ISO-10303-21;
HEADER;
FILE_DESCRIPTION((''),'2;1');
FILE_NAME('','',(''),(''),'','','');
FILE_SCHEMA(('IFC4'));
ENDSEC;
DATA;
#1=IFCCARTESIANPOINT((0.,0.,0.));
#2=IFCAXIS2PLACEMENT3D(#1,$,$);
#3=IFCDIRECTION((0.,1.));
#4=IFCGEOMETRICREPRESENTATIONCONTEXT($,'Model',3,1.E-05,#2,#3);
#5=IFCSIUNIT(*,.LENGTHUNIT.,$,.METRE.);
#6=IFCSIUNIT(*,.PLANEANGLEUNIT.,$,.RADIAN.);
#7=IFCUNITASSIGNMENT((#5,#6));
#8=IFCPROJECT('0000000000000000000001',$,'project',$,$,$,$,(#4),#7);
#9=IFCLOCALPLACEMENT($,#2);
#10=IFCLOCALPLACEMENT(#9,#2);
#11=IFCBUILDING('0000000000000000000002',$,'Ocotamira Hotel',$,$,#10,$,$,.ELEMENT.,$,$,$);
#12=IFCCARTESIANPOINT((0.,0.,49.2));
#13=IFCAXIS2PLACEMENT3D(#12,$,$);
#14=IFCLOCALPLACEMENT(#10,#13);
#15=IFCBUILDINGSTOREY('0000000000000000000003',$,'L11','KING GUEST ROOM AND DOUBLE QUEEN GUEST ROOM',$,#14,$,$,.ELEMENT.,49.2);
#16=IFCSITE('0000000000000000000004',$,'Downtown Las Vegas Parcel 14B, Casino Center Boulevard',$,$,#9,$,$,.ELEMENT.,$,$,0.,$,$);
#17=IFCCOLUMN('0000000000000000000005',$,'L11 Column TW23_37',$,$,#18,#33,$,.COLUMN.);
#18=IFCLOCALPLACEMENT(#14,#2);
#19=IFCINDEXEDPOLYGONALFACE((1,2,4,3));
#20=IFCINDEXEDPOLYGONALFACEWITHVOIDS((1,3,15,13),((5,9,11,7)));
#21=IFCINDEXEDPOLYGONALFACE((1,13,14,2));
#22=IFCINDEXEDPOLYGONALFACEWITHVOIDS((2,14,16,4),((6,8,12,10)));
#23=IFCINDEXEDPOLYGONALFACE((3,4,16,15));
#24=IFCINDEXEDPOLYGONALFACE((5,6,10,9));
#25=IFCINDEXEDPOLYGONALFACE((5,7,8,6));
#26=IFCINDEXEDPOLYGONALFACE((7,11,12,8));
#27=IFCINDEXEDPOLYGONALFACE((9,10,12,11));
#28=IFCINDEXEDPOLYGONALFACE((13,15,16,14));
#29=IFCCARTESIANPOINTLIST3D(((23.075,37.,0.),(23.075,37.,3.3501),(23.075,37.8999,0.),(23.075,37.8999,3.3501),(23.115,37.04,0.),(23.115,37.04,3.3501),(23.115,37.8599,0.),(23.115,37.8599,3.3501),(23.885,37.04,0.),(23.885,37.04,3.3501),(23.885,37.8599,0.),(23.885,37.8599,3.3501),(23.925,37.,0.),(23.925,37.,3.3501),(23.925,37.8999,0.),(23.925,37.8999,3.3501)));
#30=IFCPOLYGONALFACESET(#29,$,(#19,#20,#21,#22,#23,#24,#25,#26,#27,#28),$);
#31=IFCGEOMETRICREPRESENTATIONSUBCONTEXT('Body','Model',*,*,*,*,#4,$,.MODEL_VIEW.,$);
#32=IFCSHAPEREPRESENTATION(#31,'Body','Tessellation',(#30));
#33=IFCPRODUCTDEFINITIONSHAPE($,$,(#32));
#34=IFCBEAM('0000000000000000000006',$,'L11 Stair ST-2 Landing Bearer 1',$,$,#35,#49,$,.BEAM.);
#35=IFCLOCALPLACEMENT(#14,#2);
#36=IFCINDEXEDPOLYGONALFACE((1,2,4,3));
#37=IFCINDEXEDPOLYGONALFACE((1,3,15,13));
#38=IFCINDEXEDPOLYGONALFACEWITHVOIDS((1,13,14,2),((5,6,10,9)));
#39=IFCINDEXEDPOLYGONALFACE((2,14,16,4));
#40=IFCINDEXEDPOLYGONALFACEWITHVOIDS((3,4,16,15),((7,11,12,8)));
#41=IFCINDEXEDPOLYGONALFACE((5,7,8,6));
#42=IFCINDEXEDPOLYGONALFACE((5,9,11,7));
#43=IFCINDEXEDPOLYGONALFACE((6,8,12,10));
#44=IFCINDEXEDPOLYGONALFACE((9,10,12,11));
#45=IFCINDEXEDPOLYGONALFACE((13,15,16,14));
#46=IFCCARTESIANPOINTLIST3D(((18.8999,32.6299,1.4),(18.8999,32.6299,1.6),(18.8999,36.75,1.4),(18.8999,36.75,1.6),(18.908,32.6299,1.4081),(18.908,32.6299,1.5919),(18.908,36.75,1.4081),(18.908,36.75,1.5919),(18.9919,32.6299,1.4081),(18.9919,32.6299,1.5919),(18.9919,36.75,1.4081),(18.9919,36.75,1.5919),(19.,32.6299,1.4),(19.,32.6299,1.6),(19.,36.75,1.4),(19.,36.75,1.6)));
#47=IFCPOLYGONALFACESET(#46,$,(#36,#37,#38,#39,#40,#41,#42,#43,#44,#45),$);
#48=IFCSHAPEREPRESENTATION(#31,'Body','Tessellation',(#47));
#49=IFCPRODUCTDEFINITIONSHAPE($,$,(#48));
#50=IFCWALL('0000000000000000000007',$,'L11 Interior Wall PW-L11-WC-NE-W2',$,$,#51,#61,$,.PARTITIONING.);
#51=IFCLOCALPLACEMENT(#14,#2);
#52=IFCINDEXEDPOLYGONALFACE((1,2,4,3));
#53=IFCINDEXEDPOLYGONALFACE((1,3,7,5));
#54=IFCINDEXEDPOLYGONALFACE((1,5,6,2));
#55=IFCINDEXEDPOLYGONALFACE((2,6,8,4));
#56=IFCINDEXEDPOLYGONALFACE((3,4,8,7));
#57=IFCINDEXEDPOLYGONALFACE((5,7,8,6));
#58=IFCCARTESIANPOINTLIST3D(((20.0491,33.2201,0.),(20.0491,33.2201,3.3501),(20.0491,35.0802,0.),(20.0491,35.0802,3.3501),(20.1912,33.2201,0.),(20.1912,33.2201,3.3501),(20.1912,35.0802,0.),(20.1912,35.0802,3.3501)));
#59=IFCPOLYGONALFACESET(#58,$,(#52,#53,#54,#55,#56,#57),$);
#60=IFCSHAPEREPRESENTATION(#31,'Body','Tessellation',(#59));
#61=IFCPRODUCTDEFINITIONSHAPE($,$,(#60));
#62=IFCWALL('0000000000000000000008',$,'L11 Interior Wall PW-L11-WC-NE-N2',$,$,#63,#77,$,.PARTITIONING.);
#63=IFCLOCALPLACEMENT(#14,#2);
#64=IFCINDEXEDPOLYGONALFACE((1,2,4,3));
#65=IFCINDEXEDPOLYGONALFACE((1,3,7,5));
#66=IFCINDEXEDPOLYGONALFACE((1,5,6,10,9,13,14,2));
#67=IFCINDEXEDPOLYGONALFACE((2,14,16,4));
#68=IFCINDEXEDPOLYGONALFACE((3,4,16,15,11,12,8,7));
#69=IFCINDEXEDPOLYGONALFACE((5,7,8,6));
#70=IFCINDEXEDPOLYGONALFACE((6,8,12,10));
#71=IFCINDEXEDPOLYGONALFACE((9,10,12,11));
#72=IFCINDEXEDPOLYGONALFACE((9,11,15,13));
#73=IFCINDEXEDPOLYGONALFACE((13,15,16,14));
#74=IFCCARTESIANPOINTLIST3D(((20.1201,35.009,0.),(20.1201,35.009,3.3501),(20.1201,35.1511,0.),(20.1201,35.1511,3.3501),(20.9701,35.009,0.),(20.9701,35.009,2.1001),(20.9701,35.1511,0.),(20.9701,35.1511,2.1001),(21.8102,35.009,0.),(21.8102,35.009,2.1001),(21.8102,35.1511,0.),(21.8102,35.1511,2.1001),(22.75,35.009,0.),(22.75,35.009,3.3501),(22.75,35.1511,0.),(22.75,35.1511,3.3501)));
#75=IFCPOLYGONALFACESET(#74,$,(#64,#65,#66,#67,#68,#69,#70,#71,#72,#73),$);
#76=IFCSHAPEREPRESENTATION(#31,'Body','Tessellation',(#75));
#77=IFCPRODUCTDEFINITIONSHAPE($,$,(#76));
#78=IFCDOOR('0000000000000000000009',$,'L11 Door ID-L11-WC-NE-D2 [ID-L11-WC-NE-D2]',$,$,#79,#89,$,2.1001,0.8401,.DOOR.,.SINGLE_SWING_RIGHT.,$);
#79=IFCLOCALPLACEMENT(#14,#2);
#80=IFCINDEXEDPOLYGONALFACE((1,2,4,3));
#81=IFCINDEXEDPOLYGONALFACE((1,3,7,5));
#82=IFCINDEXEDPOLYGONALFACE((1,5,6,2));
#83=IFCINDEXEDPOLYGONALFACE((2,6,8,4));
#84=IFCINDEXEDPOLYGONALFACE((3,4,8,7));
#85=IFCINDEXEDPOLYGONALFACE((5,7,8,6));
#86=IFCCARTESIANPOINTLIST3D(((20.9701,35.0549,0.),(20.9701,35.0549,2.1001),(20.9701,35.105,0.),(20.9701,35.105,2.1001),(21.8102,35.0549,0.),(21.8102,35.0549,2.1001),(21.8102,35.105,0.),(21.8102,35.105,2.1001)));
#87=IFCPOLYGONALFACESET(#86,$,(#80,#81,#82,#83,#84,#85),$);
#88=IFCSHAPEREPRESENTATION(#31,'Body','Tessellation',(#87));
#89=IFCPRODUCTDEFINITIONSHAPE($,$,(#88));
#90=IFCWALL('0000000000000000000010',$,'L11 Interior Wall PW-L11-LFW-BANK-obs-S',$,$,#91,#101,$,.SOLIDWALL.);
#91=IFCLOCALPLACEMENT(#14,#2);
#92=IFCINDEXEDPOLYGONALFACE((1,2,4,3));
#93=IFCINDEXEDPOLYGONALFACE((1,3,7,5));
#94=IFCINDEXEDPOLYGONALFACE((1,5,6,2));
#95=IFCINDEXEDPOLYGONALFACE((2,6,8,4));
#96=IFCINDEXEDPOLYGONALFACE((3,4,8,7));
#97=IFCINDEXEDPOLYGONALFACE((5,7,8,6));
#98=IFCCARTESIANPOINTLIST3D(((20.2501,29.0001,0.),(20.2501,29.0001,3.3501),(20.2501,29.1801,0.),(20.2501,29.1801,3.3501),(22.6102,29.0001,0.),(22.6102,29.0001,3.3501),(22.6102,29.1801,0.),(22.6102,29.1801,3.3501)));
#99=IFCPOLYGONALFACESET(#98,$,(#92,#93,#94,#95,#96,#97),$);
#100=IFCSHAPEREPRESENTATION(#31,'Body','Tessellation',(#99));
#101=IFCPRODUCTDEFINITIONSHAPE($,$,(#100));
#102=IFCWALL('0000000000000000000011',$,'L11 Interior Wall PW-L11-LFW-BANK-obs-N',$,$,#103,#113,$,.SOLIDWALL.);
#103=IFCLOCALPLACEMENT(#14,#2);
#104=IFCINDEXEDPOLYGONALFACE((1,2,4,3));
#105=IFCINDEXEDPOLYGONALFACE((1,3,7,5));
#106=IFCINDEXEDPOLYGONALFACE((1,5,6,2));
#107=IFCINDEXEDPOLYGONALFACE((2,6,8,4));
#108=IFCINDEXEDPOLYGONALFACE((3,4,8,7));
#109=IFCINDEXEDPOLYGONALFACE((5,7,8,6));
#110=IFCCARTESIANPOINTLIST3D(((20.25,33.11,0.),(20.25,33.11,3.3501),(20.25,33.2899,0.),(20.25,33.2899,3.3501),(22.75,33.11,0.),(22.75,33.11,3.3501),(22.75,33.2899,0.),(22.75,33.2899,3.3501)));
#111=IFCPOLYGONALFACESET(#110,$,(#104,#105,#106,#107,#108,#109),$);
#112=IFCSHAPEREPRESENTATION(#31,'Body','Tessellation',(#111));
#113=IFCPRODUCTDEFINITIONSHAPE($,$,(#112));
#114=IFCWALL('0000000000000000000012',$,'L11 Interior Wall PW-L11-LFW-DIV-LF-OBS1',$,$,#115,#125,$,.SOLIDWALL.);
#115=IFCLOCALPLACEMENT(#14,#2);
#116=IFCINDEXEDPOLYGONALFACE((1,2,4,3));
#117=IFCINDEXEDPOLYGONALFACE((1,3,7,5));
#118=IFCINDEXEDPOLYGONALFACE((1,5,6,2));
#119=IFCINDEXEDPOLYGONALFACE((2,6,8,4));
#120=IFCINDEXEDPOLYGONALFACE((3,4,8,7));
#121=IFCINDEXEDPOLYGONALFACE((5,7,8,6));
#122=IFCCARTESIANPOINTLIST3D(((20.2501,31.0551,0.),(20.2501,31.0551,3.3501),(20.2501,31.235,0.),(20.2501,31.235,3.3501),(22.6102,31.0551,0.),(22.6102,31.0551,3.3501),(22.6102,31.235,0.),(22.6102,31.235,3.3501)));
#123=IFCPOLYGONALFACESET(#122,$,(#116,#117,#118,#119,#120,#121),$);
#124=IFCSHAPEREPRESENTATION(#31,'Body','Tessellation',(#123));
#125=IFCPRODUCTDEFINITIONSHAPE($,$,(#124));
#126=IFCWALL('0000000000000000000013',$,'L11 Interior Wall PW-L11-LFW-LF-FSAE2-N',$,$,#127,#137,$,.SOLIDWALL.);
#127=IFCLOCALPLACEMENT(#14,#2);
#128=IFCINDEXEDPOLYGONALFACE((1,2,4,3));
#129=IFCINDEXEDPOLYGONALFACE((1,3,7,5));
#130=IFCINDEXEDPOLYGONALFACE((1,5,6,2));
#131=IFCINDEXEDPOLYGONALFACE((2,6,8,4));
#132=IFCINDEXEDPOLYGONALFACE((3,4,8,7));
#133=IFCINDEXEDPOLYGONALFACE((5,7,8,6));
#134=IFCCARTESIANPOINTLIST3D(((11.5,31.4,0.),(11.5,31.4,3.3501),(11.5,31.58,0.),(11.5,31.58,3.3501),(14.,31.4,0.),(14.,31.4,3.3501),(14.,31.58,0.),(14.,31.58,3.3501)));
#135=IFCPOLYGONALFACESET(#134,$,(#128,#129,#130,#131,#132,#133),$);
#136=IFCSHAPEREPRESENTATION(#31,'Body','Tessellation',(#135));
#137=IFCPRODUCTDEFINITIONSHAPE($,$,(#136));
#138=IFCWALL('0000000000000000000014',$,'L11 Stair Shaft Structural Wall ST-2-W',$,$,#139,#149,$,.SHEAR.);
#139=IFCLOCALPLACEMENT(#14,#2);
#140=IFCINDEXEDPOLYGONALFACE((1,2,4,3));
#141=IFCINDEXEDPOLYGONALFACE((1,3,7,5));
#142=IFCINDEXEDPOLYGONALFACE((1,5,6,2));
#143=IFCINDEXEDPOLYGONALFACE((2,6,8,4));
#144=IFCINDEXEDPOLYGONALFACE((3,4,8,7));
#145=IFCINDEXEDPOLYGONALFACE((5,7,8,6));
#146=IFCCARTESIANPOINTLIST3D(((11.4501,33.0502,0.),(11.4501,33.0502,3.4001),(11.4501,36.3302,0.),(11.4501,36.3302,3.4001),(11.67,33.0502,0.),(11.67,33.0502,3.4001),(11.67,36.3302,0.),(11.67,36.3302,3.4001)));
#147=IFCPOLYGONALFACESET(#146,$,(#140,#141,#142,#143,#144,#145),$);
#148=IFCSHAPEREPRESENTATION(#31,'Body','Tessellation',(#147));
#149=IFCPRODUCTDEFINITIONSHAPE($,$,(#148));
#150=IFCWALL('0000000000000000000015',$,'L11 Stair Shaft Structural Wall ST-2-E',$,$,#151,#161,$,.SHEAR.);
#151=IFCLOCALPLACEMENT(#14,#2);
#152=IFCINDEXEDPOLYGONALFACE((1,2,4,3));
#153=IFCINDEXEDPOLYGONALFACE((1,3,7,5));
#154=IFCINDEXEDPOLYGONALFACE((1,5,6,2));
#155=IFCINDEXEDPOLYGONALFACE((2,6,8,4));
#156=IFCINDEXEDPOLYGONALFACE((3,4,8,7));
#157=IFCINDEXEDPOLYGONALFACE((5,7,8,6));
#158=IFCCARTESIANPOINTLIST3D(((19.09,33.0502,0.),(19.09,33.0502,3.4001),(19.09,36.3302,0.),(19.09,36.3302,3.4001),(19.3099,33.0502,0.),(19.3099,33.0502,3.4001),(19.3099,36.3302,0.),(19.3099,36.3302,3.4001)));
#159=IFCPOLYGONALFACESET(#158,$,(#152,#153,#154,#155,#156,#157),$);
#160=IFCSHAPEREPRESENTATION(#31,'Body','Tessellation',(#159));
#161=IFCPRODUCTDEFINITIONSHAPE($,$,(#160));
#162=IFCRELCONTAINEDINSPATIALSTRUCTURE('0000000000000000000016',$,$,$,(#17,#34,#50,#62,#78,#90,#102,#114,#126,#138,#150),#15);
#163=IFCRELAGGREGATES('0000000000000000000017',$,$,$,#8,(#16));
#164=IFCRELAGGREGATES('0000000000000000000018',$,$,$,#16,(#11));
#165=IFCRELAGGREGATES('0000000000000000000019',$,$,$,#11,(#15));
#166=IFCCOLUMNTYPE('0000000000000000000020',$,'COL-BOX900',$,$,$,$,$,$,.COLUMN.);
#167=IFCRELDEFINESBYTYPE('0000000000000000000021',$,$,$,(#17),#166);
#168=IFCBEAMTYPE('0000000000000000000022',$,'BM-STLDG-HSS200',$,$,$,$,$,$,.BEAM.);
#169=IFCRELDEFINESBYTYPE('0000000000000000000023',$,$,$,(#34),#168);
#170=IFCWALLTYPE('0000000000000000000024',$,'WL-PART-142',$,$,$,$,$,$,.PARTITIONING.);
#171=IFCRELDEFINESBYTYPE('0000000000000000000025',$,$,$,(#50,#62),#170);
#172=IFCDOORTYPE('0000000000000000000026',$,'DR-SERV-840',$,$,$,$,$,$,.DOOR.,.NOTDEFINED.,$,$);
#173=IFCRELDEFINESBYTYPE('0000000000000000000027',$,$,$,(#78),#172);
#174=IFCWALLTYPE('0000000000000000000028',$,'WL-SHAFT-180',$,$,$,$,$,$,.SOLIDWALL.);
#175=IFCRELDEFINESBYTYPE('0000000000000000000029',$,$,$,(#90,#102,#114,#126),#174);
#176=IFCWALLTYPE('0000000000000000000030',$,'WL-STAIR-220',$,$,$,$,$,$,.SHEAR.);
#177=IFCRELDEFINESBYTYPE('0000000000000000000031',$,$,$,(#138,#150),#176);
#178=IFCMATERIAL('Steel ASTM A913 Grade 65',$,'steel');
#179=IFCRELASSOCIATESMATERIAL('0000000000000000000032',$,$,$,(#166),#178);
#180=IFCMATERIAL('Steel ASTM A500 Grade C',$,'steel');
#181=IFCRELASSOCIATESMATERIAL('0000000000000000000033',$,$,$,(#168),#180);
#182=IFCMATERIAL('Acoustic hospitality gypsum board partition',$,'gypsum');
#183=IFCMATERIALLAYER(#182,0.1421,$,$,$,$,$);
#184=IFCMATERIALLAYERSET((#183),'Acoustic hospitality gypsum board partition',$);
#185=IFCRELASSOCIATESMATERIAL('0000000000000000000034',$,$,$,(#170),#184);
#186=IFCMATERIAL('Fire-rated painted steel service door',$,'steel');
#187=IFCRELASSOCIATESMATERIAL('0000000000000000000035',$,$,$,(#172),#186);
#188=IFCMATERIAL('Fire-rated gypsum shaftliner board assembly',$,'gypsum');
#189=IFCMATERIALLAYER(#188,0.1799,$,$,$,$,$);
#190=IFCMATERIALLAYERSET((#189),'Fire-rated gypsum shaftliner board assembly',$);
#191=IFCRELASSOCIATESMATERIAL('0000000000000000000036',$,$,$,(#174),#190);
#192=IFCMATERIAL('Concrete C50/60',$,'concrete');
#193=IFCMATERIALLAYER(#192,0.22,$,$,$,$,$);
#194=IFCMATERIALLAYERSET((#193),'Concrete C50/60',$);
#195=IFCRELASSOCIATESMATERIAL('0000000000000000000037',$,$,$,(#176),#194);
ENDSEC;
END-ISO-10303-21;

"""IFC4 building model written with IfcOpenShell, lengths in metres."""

from ifc_helpers import new_model, si_unit, direction, frame, frame_2d, origin, origin_2d, place, context, subcontext, project, spatial, rectangle, hollow_rectangle, extrude, source, transform, mapped, material, layer, layer_set, material_profile, profile_set, type_object, element, fill, save


model = new_model("IFC4")

# Units and contexts
model_context = context("Model", 3, precision=1e-05, world=origin(), true_north=direction((0.0, 1.0)))
body_context = subcontext(model_context, "Body", "Model", "MODEL_VIEW")
ifc_project = project(units=[si_unit("LENGTHUNIT", "METRE"), si_unit("PLANEANGLEUNIT", "RADIAN")], contexts=[model_context])

# Site, building, storey
site_placement = place(None, origin())
site = spatial("IfcSite", under=ifc_project, at=site_placement, Name="Downtown Las Vegas Parcel 14B, Casino Center Boulevard", CompositionType="ELEMENT", RefElevation=0.0)
building_placement = place(site_placement, origin())
building = spatial("IfcBuilding", under=site, at=building_placement, Name="Ocotamira Hotel", CompositionType="ELEMENT")
storey_placement = place(building_placement, frame((0.0, 0.0, 49.2)))
storey = spatial("IfcBuildingStorey", under=building, at=storey_placement, Name="L11", Description="KING GUEST ROOM AND DOUBLE QUEEN GUEST ROOM", CompositionType="ELEMENT", Elevation=49.2)

# Column
ifc_material_1 = material(Name="Steel ASTM A913 Grade 65", Category="steel")
ifc_material_profile_1 = material_profile(ifc_material_1, hollow_rectangle(XDim=0.8501, YDim=0.8999, WallThickness=0.04, at=origin_2d()), Name="BOX900X850X40")
ifc_profile_set_1 = profile_set([ifc_material_profile_1], Name="Steel ASTM A913 Grade 65")
column_type = type_object("IfcColumnType", Name="COL-BOX900", PredefinedType="COLUMN", material=ifc_profile_set_1)
shared_shape_1 = source(origin(), body_context, "Body", "SweptSolid", [
    extrude(hollow_rectangle(XDim=0.8501, YDim=0.8999, WallThickness=0.04, at=origin_2d()), origin(), (0.0, 0.0, 1.0), 3.3501),
])
column_placement = place(storey_placement, frame((23.5, 37.45, 0.0), z_axis=(0.0, 0.0, 1.0), x_axis=(1.0, 0.0, 0.0)))
element("IfcColumn", 1, at=column_placement, inside=storey, type_object=column_type, Name="L11 Column TW23_37", PredefinedType="COLUMN", context=body_context, shape_type="MappedRepresentation", body=[
    mapped(shared_shape_1, transform((0.0, 0.0, 0.0), scale=1.0)),
])

# Beam
ifc_material_2 = material(Name="Steel ASTM A500 Grade C", Category="steel")
ifc_material_profile_2 = material_profile(ifc_material_2, hollow_rectangle(XDim=0.1001, YDim=0.2, WallThickness=0.0081, at=origin_2d()), Name="HSS200X100X8")
ifc_profile_set_2 = profile_set([ifc_material_profile_2], Name="Steel ASTM A500 Grade C")
beam_type = type_object("IfcBeamType", Name="BM-STLDG-HSS200", PredefinedType="BEAM", material=ifc_profile_set_2)
shared_shape_2 = source(origin(), body_context, "Body", "SweptSolid", [
    extrude(hollow_rectangle(XDim=0.1001, YDim=0.2, WallThickness=0.0081, at=origin_2d()), origin(), (0.0, 0.0, 1.0), 4.1201),
])
beam_placement = place(storey_placement, frame((18.95, 32.6299, 1.5), z_axis=(0.0, 1.0, 0.0), x_axis=(-1.0, 0.0, 0.0)))
element("IfcBeam", 2, at=beam_placement, inside=storey, type_object=beam_type, Name="L11 Stair ST-2 Landing Bearer 1", PredefinedType="BEAM", context=body_context, shape_type="MappedRepresentation", body=[
    mapped(shared_shape_2, transform((0.0, 0.0, 0.0), scale=1.0)),
])

# Wall
ifc_material_3 = material(Name="Acoustic hospitality gypsum board partition", Category="gypsum")
ifc_layer_1 = layer(ifc_material_3, 0.1421)
ifc_layer_set_1 = layer_set([ifc_layer_1], Name="Acoustic hospitality gypsum board partition")
wall_type_1 = type_object("IfcWallType", Name="WL-PART-142", PredefinedType="PARTITIONING", material=ifc_layer_set_1)
wall_1_placement = place(storey_placement, frame((20.1201, 33.22, 0.0), z_axis=(0.0, 0.0, 1.0), x_axis=(0.0, 1.0, 0.0)))
element("IfcWall", 3, at=wall_1_placement, inside=storey, type_object=wall_type_1, Name="L11 Interior Wall PW-L11-WC-NE-W2", PredefinedType="PARTITIONING", context=body_context, shape_type="SweptSolid", body=[
    extrude(rectangle(XDim=1.8601, YDim=0.1421, at=frame_2d((0.9302, 0.0))), origin(), (0.0, 0.0, 1.0), 3.3501),
])

# Wall, opening, door
wall_2_placement = place(storey_placement, frame((20.1201, 35.0801, 0.0), z_axis=(0.0, 0.0, 1.0), x_axis=(1.0, 0.0, 0.0)))
wall_2 = element("IfcWall", 4, at=wall_2_placement, inside=storey, type_object=wall_type_1, Name="L11 Interior Wall PW-L11-WC-NE-N2", PredefinedType="PARTITIONING", context=body_context, shape_type="SweptSolid", body=[
    extrude(rectangle(XDim=2.6299, YDim=0.1421, at=frame_2d((1.3149, 0.0))), origin(), (0.0, 0.0, 1.0), 3.3501),
])
opening_placement = place(wall_2_placement, frame((0.8501, 0.0, 0.0)))
opening = element("IfcOpeningElement", 5, at=opening_placement, cuts=wall_2, PredefinedType="OPENING", context=body_context, shape_type="SweptSolid", body=[
    extrude(rectangle(XDim=0.8401, YDim=2.1001, at=frame_2d((0.4199, 1.05))), frame((0.0, 0.0811, 0.0), z_axis=(0.0, -1.0, 0.0), x_axis=(1.0, 0.0, 0.0)), (0.0, 0.0, 1.0), 0.1621),
])
ifc_material_4 = material(Name="Fire-rated painted steel service door", Category="steel")
door_type = type_object("IfcDoorType", Name="DR-SERV-840", OperationType="NOTDEFINED", PredefinedType="DOOR", material=ifc_material_4)
shared_shape_3 = source(origin(), body_context, "Body", "SweptSolid", [
    extrude(rectangle(XDim=0.8401, YDim=2.1001, at=frame_2d((0.4199, 1.05))), frame((0.0, 0.0249, 0.0), z_axis=(0.0, -1.0, 0.0), x_axis=(1.0, 0.0, 0.0)), (0.0, 0.0, 1.0), 0.05),
])
door_placement = place(opening_placement, origin())
door = element("IfcDoor", 6, at=door_placement, inside=storey, type_object=door_type, Name="L11 Door ID-L11-WC-NE-D2 [ID-L11-WC-NE-D2]", OperationType="SINGLE_SWING_RIGHT", OverallHeight=2.1001, OverallWidth=0.8401, PredefinedType="DOOR", context=body_context, shape_type="MappedRepresentation", body=[
    mapped(shared_shape_3, transform((0.0, 0.0, 0.0), scale=1.0)),
])
fill(opening, door)

# Walls
ifc_material_5 = material(Name="Fire-rated gypsum shaftliner board assembly", Category="gypsum")
ifc_layer_2 = layer(ifc_material_5, 0.1799)
ifc_layer_set_2 = layer_set([ifc_layer_2], Name="Fire-rated gypsum shaftliner board assembly")
wall_type_2 = type_object("IfcWallType", Name="WL-SHAFT-180", PredefinedType="SOLIDWALL", material=ifc_layer_set_2)
wall_3_placement = place(storey_placement, frame((20.25, 29.0901, 0.0), z_axis=(0.0, 0.0, 1.0), x_axis=(1.0, 0.0, 0.0)))
element("IfcWall", 7, at=wall_3_placement, inside=storey, type_object=wall_type_2, Name="L11 Interior Wall PW-L11-LFW-BANK-obs-S", PredefinedType="SOLIDWALL", context=body_context, shape_type="SweptSolid", body=[
    extrude(rectangle(XDim=2.3601, YDim=0.1799, at=frame_2d((1.1802, 0.0))), origin(), (0.0, 0.0, 1.0), 3.3501),
])
wall_4_placement = place(storey_placement, frame((20.25, 33.2, 0.0), z_axis=(0.0, 0.0, 1.0), x_axis=(1.0, 0.0, 0.0)))
element("IfcWall", 8, at=wall_4_placement, inside=storey, type_object=wall_type_2, Name="L11 Interior Wall PW-L11-LFW-BANK-obs-N", PredefinedType="SOLIDWALL", context=body_context, shape_type="SweptSolid", body=[
    extrude(rectangle(XDim=2.5, YDim=0.1799, at=frame_2d((1.25, 0.0))), origin(), (0.0, 0.0, 1.0), 3.3501),
])
wall_5_placement = place(storey_placement, frame((20.25, 31.145, 0.0), z_axis=(0.0, 0.0, 1.0), x_axis=(1.0, 0.0, 0.0)))
element("IfcWall", 9, at=wall_5_placement, inside=storey, type_object=wall_type_2, Name="L11 Interior Wall PW-L11-LFW-DIV-LF-OBS1", PredefinedType="SOLIDWALL", context=body_context, shape_type="SweptSolid", body=[
    extrude(rectangle(XDim=2.3601, YDim=0.1799, at=frame_2d((1.1802, 0.0))), origin(), (0.0, 0.0, 1.0), 3.3501),
])
wall_6_placement = place(storey_placement, frame((11.5, 31.49, 0.0), z_axis=(0.0, 0.0, 1.0), x_axis=(1.0, 0.0, 0.0)))
element("IfcWall", 10, at=wall_6_placement, inside=storey, type_object=wall_type_2, Name="L11 Interior Wall PW-L11-LFW-LF-FSAE2-N", PredefinedType="SOLIDWALL", context=body_context, shape_type="SweptSolid", body=[
    extrude(rectangle(XDim=2.5, YDim=0.1799, at=frame_2d((1.25, 0.0))), origin(), (0.0, 0.0, 1.0), 3.3501),
])
ifc_material_6 = material(Name="Concrete C50/60", Category="concrete")
ifc_layer_3 = layer(ifc_material_6, 0.22)
ifc_layer_set_3 = layer_set([ifc_layer_3], Name="Concrete C50/60")
wall_type_3 = type_object("IfcWallType", Name="WL-STAIR-220", PredefinedType="SHEAR", material=ifc_layer_set_3)
for number, where, z_axis, x_axis, name in (
    (11, (11.5601, 33.05, 0.0), (0.0, 0.0, 1.0), (0.0, 1.0, 0.0), "L11 Stair Shaft Structural Wall ST-2-W"),
    (12, (19.2, 33.05, 0.0), (0.0, 0.0, 1.0), (0.0, 1.0, 0.0), "L11 Stair Shaft Structural Wall ST-2-E"),
):
    element("IfcWall", number, at=place(storey_placement, frame(where, z_axis=z_axis, x_axis=x_axis)), inside=storey, type_object=wall_type_3, Name=name, PredefinedType="SHEAR", context=body_context, shape_type="SweptSolid", body=[
        extrude(rectangle(XDim=3.28, YDim=0.22, at=frame_2d((1.6401, 0.0))), origin(), (0.0, 0.0, 1.0), 3.4001),
    ])

save(model, "model.ifc")
